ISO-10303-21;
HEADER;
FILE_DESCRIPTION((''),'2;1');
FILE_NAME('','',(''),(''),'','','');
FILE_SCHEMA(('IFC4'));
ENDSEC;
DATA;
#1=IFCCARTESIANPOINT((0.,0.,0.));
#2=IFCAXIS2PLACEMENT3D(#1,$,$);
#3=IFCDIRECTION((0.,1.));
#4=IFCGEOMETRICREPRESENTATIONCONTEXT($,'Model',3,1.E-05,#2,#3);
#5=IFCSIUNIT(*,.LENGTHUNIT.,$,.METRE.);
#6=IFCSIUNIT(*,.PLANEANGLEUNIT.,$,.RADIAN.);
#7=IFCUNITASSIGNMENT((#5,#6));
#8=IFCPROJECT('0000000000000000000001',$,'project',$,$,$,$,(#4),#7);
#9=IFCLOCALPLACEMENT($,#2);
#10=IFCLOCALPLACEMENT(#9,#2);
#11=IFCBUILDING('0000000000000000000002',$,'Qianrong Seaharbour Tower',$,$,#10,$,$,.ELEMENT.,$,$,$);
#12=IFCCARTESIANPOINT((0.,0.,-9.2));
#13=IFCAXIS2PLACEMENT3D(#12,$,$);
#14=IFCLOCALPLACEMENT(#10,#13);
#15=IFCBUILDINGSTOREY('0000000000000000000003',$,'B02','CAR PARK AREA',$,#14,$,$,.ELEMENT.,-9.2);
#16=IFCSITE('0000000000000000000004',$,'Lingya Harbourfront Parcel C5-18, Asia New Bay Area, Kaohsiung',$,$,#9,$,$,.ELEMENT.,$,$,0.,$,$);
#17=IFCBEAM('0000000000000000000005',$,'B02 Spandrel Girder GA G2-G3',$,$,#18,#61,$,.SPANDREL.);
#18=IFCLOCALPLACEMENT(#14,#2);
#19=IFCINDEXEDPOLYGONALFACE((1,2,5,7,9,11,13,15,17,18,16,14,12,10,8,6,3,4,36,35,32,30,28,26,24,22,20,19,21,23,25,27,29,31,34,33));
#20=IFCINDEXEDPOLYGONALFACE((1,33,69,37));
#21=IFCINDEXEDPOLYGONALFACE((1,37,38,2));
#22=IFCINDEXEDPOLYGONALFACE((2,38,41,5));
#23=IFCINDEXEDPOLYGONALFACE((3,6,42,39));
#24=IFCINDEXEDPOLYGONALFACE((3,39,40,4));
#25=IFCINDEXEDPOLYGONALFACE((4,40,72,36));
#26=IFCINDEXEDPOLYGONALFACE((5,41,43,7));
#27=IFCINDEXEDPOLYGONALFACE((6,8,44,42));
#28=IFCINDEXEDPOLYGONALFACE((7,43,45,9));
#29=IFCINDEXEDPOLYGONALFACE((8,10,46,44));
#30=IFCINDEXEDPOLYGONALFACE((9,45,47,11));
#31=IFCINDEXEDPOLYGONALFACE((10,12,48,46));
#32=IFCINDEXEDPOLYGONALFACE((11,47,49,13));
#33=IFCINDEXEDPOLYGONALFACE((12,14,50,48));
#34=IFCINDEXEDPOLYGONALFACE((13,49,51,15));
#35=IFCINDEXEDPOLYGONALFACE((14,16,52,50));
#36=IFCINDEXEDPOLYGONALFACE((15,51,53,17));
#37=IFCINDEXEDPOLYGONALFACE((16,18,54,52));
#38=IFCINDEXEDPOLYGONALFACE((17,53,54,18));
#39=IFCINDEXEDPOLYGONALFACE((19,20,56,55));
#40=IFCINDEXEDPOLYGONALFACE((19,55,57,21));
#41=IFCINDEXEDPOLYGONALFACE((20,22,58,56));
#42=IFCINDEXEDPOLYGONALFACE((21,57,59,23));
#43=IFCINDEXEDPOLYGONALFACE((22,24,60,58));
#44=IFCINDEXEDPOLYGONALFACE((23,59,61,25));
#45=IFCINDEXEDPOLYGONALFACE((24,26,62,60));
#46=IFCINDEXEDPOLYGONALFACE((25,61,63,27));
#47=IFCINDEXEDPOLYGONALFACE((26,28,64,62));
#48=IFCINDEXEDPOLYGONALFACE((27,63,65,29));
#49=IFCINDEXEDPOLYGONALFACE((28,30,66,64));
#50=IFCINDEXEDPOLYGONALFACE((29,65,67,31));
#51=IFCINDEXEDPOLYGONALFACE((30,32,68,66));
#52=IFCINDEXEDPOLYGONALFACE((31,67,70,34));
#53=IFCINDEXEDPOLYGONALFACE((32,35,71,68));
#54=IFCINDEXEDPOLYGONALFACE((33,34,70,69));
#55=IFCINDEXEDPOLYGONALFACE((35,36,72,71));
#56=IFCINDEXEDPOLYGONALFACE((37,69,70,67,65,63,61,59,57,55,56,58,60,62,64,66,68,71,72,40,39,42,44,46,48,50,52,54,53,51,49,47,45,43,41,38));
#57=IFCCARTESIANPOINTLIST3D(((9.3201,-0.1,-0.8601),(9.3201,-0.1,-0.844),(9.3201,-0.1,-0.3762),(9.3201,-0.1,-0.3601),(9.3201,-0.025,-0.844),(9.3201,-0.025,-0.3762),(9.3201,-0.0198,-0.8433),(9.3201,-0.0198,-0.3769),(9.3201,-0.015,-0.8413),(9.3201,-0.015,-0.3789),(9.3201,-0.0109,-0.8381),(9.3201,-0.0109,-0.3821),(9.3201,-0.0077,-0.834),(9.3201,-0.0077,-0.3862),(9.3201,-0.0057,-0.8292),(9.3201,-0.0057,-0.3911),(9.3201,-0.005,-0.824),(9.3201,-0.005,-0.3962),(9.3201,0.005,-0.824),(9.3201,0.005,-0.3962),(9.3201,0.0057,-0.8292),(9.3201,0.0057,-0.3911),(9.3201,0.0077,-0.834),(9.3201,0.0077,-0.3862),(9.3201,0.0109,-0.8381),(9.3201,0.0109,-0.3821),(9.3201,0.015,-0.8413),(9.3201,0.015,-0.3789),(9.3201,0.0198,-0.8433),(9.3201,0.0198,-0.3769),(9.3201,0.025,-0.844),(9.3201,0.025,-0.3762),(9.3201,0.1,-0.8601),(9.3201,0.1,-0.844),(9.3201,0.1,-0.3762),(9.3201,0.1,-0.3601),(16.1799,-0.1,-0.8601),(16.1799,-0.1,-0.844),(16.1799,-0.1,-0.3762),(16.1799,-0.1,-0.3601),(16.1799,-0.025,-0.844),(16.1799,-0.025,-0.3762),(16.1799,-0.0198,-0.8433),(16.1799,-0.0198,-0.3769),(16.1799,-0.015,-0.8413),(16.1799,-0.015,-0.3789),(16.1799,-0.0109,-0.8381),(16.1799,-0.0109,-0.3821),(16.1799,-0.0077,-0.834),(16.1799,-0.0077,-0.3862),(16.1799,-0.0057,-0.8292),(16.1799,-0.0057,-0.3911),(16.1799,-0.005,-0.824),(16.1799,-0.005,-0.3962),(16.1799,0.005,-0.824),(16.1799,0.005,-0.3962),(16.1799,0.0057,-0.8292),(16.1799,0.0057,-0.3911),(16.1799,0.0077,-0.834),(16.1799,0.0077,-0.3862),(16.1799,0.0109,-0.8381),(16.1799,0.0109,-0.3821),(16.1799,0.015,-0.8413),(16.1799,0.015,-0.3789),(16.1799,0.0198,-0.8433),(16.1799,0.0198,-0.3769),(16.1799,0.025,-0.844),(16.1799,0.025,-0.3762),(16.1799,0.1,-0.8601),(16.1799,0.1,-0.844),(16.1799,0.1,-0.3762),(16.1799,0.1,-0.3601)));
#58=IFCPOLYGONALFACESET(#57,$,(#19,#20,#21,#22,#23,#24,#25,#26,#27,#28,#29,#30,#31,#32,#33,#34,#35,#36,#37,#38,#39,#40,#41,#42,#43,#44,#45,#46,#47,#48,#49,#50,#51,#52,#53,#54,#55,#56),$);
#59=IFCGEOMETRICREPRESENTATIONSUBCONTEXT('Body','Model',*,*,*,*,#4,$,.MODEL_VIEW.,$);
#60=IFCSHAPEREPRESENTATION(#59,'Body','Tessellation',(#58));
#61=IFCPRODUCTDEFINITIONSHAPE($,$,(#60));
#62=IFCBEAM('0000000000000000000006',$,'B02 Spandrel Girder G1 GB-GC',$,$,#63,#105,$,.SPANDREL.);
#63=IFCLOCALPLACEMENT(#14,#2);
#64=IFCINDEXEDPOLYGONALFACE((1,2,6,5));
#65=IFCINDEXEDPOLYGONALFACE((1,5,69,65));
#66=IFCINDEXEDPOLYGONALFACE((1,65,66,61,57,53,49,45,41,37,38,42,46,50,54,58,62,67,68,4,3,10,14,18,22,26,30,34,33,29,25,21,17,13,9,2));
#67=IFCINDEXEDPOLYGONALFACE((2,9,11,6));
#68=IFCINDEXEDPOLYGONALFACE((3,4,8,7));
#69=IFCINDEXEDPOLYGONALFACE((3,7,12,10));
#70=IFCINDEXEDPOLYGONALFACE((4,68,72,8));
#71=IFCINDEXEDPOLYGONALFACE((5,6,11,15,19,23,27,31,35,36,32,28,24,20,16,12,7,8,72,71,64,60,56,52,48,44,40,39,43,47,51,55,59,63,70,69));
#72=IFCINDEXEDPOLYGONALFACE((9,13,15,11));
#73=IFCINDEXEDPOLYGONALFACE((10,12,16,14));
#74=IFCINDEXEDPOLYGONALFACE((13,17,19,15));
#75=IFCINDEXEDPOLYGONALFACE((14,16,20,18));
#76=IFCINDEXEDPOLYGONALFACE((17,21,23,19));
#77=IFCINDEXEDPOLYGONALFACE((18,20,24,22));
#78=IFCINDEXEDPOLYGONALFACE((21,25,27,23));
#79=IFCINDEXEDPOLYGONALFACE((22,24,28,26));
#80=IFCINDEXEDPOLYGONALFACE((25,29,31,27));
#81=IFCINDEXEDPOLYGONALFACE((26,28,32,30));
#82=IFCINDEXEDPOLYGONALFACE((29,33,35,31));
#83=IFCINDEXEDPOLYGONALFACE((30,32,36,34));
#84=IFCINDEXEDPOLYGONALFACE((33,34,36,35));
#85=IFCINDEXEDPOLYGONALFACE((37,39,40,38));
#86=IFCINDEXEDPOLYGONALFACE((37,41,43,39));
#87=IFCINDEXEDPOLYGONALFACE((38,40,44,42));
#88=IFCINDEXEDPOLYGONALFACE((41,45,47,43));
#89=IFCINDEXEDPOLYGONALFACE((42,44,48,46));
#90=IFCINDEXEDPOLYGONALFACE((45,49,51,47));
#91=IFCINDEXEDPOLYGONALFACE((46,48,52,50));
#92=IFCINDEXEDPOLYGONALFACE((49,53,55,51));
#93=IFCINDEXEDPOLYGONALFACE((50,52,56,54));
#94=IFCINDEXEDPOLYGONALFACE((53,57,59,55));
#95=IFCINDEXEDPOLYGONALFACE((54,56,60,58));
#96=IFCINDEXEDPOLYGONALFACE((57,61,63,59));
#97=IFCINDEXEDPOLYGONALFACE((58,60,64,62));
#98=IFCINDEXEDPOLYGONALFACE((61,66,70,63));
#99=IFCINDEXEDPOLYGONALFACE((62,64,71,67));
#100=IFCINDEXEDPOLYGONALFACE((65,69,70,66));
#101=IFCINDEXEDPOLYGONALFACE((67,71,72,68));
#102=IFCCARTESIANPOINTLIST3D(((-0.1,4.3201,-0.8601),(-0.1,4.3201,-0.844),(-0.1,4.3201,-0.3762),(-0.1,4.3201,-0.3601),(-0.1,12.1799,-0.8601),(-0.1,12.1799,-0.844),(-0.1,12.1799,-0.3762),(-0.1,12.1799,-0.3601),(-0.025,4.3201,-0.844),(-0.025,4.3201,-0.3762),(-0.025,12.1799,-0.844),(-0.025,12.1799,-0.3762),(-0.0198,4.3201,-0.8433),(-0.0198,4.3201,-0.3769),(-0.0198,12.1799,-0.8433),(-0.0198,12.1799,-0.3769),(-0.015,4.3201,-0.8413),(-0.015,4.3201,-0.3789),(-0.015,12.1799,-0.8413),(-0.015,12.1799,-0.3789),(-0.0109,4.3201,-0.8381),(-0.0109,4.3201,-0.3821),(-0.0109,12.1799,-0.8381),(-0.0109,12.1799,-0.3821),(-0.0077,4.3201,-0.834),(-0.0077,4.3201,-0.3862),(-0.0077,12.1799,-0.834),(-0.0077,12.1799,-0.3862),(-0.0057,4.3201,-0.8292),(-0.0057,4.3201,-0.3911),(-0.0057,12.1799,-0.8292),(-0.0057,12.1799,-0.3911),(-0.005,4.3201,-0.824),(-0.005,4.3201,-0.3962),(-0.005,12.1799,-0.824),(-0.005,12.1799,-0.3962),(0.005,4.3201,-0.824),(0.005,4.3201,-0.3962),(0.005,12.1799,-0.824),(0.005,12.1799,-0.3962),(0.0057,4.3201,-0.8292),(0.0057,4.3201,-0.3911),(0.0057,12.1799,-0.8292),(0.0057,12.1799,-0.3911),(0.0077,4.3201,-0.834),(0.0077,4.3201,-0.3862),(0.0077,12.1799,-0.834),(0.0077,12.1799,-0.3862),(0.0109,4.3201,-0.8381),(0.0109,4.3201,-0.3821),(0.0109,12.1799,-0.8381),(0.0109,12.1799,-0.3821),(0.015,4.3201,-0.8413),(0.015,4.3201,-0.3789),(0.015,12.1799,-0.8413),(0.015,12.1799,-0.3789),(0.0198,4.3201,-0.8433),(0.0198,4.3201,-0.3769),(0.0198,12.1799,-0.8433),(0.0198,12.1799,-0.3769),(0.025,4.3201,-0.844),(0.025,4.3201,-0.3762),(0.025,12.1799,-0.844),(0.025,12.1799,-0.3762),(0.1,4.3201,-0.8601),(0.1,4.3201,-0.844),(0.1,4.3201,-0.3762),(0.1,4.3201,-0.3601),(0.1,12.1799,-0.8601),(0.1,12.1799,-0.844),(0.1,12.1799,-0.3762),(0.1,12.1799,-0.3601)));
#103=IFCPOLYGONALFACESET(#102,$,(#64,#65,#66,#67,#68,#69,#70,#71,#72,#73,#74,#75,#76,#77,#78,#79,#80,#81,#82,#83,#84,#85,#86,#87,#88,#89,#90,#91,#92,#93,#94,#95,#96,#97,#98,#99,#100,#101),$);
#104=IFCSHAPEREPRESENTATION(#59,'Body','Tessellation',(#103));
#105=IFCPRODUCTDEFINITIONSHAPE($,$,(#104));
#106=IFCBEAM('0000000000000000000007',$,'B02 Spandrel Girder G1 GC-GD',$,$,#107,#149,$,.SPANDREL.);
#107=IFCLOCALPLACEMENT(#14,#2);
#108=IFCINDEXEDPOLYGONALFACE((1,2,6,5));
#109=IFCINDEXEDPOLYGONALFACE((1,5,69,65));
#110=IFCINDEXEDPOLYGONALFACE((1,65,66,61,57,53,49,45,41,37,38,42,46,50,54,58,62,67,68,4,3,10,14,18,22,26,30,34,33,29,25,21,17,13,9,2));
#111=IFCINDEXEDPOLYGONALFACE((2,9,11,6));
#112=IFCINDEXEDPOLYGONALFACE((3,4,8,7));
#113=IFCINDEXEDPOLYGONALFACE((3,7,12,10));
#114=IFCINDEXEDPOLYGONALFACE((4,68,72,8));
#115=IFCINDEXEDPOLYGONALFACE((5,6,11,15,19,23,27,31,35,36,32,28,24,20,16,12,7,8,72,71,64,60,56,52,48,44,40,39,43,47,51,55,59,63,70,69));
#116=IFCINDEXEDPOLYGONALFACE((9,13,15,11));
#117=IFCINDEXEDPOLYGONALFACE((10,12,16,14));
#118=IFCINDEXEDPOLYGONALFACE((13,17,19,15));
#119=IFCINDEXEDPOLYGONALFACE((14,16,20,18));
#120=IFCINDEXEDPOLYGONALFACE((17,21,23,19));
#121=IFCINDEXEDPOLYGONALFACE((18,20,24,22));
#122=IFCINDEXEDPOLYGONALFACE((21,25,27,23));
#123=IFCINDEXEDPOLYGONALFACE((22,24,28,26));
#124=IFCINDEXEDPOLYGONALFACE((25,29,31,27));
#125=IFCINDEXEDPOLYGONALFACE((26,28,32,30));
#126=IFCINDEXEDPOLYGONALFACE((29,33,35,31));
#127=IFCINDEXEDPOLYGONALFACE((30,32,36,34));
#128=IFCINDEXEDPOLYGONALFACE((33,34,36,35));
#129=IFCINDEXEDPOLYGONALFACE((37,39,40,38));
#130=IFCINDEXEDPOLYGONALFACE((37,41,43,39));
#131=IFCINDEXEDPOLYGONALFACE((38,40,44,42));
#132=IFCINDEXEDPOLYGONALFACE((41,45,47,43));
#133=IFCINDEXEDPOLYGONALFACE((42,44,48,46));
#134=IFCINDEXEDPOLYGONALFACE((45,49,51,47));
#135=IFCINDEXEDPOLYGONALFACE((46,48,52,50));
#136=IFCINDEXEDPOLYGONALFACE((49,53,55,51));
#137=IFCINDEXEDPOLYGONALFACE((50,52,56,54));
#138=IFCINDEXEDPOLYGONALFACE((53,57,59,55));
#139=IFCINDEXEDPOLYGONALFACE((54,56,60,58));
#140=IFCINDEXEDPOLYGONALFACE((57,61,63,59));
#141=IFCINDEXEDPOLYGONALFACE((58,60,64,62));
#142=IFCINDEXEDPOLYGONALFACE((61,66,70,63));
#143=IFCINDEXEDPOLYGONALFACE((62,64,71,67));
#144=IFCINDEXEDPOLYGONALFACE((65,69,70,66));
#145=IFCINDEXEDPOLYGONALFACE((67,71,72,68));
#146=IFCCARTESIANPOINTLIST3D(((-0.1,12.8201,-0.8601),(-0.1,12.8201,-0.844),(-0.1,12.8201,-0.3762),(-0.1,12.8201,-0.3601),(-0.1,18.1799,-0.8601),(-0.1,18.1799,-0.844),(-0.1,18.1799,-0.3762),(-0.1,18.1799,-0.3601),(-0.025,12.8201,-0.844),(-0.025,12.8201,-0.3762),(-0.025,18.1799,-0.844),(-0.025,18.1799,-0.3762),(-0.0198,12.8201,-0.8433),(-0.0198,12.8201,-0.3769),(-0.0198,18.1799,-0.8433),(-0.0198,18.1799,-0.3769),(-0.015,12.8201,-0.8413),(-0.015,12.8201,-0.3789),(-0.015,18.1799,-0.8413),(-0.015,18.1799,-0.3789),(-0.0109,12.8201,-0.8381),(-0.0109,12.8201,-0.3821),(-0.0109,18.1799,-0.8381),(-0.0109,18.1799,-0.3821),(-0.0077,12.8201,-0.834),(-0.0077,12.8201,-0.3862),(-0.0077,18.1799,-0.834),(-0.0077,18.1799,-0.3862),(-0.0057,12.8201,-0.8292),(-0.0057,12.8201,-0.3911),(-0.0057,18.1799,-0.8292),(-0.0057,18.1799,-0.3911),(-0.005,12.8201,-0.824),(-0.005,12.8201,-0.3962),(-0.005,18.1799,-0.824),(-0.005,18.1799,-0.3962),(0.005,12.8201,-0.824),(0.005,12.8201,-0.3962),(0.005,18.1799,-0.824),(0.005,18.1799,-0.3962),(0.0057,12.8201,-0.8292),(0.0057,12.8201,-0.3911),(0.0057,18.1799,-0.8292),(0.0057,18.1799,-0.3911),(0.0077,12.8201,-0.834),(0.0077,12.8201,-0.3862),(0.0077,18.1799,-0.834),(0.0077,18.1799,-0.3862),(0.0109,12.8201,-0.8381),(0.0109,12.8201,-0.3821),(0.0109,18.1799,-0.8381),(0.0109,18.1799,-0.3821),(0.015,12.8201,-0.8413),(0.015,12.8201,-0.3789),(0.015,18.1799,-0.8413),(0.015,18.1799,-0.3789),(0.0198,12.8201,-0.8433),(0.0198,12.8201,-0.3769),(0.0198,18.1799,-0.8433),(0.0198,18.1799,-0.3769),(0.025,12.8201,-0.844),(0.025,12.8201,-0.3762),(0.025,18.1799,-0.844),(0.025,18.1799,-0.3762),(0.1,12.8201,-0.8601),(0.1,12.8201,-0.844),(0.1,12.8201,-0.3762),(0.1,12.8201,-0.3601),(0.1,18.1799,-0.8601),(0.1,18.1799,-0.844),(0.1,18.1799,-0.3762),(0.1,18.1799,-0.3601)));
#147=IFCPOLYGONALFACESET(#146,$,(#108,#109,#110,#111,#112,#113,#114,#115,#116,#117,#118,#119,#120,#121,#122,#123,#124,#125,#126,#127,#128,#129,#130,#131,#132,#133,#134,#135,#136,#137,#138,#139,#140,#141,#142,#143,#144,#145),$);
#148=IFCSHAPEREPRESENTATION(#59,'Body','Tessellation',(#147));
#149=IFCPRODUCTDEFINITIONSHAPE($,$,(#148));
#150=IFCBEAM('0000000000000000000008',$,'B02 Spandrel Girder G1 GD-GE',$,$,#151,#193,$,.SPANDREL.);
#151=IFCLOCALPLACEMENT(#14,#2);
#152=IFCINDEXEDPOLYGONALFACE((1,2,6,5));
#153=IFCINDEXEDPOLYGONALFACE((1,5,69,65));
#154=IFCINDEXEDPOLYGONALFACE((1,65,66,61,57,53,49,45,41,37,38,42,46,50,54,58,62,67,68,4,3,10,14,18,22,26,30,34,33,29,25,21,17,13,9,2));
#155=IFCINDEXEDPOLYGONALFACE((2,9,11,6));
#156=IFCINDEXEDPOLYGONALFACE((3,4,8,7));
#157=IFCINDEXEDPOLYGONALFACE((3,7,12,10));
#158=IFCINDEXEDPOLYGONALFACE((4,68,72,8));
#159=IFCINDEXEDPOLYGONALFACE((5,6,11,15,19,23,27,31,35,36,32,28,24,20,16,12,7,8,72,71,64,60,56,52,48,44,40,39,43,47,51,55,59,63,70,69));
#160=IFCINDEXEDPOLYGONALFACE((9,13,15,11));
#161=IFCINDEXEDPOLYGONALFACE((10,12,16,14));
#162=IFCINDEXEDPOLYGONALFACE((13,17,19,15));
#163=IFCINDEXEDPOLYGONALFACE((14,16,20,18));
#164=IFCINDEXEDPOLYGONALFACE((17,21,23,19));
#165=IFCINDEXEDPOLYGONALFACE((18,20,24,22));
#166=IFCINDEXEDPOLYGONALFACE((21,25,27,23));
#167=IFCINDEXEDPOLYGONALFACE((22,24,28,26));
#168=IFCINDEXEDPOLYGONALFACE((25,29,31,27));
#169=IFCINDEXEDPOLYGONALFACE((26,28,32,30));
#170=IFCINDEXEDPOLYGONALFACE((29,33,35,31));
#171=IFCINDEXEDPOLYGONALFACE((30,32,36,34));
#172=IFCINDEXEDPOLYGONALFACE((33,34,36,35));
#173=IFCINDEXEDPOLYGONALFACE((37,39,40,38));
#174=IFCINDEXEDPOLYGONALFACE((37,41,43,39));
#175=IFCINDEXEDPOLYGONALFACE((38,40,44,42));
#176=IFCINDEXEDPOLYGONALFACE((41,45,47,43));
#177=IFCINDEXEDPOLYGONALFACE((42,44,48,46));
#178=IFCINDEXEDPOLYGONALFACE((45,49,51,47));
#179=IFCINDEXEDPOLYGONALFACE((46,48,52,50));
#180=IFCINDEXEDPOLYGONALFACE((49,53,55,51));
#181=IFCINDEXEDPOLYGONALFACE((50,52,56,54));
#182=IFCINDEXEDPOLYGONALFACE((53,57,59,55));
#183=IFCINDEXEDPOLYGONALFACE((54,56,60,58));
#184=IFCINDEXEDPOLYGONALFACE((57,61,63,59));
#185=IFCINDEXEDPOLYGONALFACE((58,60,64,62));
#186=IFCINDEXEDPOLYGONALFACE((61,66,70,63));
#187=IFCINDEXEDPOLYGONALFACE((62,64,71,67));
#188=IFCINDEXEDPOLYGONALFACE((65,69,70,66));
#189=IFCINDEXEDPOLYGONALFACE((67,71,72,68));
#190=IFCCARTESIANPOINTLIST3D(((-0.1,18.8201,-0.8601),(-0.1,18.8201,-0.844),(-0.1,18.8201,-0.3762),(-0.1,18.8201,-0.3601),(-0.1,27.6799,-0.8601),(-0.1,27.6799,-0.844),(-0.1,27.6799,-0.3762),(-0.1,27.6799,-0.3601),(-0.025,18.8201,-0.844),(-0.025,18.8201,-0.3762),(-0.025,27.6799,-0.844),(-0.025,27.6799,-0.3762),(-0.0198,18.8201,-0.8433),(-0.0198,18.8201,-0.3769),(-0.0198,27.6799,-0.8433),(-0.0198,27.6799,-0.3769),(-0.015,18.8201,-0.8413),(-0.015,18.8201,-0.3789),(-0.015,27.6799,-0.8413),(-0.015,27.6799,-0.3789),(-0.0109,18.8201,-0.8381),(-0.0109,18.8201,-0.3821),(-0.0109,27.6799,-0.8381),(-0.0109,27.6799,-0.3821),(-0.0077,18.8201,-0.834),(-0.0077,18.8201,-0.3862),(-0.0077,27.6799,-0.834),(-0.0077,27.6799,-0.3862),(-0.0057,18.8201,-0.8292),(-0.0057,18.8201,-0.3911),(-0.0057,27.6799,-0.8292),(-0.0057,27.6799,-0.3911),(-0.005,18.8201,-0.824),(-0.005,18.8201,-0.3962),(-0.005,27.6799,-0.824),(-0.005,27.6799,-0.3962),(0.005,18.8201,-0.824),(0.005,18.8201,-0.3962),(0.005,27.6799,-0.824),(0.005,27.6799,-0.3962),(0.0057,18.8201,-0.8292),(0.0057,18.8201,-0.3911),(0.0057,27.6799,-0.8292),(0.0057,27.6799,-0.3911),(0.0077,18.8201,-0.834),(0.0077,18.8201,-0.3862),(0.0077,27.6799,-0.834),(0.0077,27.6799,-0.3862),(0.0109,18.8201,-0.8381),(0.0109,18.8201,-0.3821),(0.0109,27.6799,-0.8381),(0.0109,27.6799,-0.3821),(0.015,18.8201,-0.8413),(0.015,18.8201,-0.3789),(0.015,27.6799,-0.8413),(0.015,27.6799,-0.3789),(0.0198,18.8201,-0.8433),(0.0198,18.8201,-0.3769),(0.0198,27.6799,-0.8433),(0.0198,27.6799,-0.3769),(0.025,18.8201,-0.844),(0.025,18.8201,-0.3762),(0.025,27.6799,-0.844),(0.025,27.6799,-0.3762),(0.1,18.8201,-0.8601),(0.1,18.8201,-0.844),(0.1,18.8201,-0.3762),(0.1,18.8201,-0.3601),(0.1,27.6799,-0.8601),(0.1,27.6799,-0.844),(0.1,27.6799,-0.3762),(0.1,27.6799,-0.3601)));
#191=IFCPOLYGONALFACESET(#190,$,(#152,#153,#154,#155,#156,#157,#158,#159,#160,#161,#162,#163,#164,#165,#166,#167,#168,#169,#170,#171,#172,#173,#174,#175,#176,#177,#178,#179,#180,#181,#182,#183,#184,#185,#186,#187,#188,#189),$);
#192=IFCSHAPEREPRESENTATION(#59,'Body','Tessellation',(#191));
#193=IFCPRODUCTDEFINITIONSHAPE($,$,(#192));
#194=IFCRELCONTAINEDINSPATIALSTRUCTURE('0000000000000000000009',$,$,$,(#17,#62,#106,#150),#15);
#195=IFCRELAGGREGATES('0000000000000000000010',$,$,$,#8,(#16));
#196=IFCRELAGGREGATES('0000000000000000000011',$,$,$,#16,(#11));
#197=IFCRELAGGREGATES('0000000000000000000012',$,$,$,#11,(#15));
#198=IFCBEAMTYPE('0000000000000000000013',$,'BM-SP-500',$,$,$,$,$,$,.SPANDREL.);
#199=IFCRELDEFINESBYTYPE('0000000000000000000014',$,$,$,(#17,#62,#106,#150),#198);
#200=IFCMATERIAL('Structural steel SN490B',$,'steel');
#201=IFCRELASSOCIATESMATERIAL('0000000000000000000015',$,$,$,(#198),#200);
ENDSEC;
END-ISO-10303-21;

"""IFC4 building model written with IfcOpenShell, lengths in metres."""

from ifc_helpers import new_model, si_unit, direction, frame, origin, origin_2d, place, context, subcontext, project, spatial, i_section, extrude, material, material_profile, profile_set, type_object, element, save


model = new_model("IFC4")

# Units and contexts
model_context = context("Model", 3, precision=1e-05, world=origin(), true_north=direction((0.0, 1.0)))
body_context = subcontext(model_context, "Body", "Model", "MODEL_VIEW")
ifc_project = project(units=[si_unit("LENGTHUNIT", "METRE"), si_unit("PLANEANGLEUNIT", "RADIAN")], contexts=[model_context])

# Site, building, storey
site_placement = place(None, origin())
site = spatial("IfcSite", under=ifc_project, at=site_placement, Name="Lingya Harbourfront Parcel C5-18, Asia New Bay Area, Kaohsiung", CompositionType="ELEMENT", RefElevation=0.0)
building_placement = place(site_placement, origin())
building = spatial("IfcBuilding", under=site, at=building_placement, Name="Qianrong Seaharbour Tower", CompositionType="ELEMENT")
storey_placement = place(building_placement, frame((0.0, 0.0, -9.2)))
storey = spatial("IfcBuildingStorey", under=building, at=storey_placement, Name="B02", Description="CAR PARK AREA", CompositionType="ELEMENT", Elevation=-9.2)

# Shared definitions
ifc_material_1 = material(Name="Structural steel SN490B", Category="steel")

# Beams
ifc_material_profile_1 = material_profile(ifc_material_1, i_section(OverallWidth=0.2, OverallDepth=0.5, WebThickness=0.01, FlangeThickness=0.0161, FilletRadius=0.02, at=origin_2d()), Name="H500x200x10x16")
ifc_profile_set_1 = profile_set([ifc_material_profile_1], Name="Structural steel SN490B")
beam_type_1 = type_object("IfcBeamType", Name="BM-SP-500", PredefinedType="SPANDREL", material=ifc_profile_set_1)
beam_1_placement = place(storey_placement, frame((9.3201, 0.0, -0.6101), z_axis=(1.0, 0.0, 0.0), x_axis=(0.0, 1.0, 0.0)))
element("IfcBeam", 1, at=beam_1_placement, inside=storey, type_object=beam_type_1, Name="B02 Spandrel Girder GA G2-G3", PredefinedType="SPANDREL", context=body_context, shape_type="SweptSolid", body=[
    extrude(i_section(OverallWidth=0.2, OverallDepth=0.5, WebThickness=0.01, FlangeThickness=0.0161, FilletRadius=0.02, at=origin_2d()), origin(), (0.0, 0.0, 1.0), 6.8599),
])
beam_2_placement = place(storey_placement, frame((0.0, 4.3201, -0.6101), z_axis=(0.0, 1.0, 0.0), x_axis=(-1.0, 0.0, 0.0)))
element("IfcBeam", 2, at=beam_2_placement, inside=storey, type_object=beam_type_1, Name="B02 Spandrel Girder G1 GB-GC", PredefinedType="SPANDREL", context=body_context, shape_type="SweptSolid", body=[
    extrude(i_section(OverallWidth=0.2, OverallDepth=0.5, WebThickness=0.01, FlangeThickness=0.0161, FilletRadius=0.02, at=origin_2d()), origin(), (0.0, 0.0, 1.0), 7.8599),
])
beam_3_placement = place(storey_placement, frame((0.0, 12.8201, -0.6101), z_axis=(0.0, 1.0, 0.0), x_axis=(-1.0, 0.0, 0.0)))
element("IfcBeam", 3, at=beam_3_placement, inside=storey, type_object=beam_type_1, Name="B02 Spandrel Girder G1 GC-GD", PredefinedType="SPANDREL", context=body_context, shape_type="SweptSolid", body=[
    extrude(i_section(OverallWidth=0.2, OverallDepth=0.5, WebThickness=0.01, FlangeThickness=0.0161, FilletRadius=0.02, at=origin_2d()), origin(), (0.0, 0.0, 1.0), 5.3599),
])
beam_4_placement = place(storey_placement, frame((0.0, 18.8201, -0.6101), z_axis=(0.0, 1.0, 0.0), x_axis=(-1.0, 0.0, 0.0)))
element("IfcBeam", 4, at=beam_4_placement, inside=storey, type_object=beam_type_1, Name="B02 Spandrel Girder G1 GD-GE", PredefinedType="SPANDREL", context=body_context, shape_type="SweptSolid", body=[
    extrude(i_section(OverallWidth=0.2, OverallDepth=0.5, WebThickness=0.01, FlangeThickness=0.0161, FilletRadius=0.02, at=origin_2d()), origin(), (0.0, 0.0, 1.0), 8.8599),
])

save(model, "model.ifc")
